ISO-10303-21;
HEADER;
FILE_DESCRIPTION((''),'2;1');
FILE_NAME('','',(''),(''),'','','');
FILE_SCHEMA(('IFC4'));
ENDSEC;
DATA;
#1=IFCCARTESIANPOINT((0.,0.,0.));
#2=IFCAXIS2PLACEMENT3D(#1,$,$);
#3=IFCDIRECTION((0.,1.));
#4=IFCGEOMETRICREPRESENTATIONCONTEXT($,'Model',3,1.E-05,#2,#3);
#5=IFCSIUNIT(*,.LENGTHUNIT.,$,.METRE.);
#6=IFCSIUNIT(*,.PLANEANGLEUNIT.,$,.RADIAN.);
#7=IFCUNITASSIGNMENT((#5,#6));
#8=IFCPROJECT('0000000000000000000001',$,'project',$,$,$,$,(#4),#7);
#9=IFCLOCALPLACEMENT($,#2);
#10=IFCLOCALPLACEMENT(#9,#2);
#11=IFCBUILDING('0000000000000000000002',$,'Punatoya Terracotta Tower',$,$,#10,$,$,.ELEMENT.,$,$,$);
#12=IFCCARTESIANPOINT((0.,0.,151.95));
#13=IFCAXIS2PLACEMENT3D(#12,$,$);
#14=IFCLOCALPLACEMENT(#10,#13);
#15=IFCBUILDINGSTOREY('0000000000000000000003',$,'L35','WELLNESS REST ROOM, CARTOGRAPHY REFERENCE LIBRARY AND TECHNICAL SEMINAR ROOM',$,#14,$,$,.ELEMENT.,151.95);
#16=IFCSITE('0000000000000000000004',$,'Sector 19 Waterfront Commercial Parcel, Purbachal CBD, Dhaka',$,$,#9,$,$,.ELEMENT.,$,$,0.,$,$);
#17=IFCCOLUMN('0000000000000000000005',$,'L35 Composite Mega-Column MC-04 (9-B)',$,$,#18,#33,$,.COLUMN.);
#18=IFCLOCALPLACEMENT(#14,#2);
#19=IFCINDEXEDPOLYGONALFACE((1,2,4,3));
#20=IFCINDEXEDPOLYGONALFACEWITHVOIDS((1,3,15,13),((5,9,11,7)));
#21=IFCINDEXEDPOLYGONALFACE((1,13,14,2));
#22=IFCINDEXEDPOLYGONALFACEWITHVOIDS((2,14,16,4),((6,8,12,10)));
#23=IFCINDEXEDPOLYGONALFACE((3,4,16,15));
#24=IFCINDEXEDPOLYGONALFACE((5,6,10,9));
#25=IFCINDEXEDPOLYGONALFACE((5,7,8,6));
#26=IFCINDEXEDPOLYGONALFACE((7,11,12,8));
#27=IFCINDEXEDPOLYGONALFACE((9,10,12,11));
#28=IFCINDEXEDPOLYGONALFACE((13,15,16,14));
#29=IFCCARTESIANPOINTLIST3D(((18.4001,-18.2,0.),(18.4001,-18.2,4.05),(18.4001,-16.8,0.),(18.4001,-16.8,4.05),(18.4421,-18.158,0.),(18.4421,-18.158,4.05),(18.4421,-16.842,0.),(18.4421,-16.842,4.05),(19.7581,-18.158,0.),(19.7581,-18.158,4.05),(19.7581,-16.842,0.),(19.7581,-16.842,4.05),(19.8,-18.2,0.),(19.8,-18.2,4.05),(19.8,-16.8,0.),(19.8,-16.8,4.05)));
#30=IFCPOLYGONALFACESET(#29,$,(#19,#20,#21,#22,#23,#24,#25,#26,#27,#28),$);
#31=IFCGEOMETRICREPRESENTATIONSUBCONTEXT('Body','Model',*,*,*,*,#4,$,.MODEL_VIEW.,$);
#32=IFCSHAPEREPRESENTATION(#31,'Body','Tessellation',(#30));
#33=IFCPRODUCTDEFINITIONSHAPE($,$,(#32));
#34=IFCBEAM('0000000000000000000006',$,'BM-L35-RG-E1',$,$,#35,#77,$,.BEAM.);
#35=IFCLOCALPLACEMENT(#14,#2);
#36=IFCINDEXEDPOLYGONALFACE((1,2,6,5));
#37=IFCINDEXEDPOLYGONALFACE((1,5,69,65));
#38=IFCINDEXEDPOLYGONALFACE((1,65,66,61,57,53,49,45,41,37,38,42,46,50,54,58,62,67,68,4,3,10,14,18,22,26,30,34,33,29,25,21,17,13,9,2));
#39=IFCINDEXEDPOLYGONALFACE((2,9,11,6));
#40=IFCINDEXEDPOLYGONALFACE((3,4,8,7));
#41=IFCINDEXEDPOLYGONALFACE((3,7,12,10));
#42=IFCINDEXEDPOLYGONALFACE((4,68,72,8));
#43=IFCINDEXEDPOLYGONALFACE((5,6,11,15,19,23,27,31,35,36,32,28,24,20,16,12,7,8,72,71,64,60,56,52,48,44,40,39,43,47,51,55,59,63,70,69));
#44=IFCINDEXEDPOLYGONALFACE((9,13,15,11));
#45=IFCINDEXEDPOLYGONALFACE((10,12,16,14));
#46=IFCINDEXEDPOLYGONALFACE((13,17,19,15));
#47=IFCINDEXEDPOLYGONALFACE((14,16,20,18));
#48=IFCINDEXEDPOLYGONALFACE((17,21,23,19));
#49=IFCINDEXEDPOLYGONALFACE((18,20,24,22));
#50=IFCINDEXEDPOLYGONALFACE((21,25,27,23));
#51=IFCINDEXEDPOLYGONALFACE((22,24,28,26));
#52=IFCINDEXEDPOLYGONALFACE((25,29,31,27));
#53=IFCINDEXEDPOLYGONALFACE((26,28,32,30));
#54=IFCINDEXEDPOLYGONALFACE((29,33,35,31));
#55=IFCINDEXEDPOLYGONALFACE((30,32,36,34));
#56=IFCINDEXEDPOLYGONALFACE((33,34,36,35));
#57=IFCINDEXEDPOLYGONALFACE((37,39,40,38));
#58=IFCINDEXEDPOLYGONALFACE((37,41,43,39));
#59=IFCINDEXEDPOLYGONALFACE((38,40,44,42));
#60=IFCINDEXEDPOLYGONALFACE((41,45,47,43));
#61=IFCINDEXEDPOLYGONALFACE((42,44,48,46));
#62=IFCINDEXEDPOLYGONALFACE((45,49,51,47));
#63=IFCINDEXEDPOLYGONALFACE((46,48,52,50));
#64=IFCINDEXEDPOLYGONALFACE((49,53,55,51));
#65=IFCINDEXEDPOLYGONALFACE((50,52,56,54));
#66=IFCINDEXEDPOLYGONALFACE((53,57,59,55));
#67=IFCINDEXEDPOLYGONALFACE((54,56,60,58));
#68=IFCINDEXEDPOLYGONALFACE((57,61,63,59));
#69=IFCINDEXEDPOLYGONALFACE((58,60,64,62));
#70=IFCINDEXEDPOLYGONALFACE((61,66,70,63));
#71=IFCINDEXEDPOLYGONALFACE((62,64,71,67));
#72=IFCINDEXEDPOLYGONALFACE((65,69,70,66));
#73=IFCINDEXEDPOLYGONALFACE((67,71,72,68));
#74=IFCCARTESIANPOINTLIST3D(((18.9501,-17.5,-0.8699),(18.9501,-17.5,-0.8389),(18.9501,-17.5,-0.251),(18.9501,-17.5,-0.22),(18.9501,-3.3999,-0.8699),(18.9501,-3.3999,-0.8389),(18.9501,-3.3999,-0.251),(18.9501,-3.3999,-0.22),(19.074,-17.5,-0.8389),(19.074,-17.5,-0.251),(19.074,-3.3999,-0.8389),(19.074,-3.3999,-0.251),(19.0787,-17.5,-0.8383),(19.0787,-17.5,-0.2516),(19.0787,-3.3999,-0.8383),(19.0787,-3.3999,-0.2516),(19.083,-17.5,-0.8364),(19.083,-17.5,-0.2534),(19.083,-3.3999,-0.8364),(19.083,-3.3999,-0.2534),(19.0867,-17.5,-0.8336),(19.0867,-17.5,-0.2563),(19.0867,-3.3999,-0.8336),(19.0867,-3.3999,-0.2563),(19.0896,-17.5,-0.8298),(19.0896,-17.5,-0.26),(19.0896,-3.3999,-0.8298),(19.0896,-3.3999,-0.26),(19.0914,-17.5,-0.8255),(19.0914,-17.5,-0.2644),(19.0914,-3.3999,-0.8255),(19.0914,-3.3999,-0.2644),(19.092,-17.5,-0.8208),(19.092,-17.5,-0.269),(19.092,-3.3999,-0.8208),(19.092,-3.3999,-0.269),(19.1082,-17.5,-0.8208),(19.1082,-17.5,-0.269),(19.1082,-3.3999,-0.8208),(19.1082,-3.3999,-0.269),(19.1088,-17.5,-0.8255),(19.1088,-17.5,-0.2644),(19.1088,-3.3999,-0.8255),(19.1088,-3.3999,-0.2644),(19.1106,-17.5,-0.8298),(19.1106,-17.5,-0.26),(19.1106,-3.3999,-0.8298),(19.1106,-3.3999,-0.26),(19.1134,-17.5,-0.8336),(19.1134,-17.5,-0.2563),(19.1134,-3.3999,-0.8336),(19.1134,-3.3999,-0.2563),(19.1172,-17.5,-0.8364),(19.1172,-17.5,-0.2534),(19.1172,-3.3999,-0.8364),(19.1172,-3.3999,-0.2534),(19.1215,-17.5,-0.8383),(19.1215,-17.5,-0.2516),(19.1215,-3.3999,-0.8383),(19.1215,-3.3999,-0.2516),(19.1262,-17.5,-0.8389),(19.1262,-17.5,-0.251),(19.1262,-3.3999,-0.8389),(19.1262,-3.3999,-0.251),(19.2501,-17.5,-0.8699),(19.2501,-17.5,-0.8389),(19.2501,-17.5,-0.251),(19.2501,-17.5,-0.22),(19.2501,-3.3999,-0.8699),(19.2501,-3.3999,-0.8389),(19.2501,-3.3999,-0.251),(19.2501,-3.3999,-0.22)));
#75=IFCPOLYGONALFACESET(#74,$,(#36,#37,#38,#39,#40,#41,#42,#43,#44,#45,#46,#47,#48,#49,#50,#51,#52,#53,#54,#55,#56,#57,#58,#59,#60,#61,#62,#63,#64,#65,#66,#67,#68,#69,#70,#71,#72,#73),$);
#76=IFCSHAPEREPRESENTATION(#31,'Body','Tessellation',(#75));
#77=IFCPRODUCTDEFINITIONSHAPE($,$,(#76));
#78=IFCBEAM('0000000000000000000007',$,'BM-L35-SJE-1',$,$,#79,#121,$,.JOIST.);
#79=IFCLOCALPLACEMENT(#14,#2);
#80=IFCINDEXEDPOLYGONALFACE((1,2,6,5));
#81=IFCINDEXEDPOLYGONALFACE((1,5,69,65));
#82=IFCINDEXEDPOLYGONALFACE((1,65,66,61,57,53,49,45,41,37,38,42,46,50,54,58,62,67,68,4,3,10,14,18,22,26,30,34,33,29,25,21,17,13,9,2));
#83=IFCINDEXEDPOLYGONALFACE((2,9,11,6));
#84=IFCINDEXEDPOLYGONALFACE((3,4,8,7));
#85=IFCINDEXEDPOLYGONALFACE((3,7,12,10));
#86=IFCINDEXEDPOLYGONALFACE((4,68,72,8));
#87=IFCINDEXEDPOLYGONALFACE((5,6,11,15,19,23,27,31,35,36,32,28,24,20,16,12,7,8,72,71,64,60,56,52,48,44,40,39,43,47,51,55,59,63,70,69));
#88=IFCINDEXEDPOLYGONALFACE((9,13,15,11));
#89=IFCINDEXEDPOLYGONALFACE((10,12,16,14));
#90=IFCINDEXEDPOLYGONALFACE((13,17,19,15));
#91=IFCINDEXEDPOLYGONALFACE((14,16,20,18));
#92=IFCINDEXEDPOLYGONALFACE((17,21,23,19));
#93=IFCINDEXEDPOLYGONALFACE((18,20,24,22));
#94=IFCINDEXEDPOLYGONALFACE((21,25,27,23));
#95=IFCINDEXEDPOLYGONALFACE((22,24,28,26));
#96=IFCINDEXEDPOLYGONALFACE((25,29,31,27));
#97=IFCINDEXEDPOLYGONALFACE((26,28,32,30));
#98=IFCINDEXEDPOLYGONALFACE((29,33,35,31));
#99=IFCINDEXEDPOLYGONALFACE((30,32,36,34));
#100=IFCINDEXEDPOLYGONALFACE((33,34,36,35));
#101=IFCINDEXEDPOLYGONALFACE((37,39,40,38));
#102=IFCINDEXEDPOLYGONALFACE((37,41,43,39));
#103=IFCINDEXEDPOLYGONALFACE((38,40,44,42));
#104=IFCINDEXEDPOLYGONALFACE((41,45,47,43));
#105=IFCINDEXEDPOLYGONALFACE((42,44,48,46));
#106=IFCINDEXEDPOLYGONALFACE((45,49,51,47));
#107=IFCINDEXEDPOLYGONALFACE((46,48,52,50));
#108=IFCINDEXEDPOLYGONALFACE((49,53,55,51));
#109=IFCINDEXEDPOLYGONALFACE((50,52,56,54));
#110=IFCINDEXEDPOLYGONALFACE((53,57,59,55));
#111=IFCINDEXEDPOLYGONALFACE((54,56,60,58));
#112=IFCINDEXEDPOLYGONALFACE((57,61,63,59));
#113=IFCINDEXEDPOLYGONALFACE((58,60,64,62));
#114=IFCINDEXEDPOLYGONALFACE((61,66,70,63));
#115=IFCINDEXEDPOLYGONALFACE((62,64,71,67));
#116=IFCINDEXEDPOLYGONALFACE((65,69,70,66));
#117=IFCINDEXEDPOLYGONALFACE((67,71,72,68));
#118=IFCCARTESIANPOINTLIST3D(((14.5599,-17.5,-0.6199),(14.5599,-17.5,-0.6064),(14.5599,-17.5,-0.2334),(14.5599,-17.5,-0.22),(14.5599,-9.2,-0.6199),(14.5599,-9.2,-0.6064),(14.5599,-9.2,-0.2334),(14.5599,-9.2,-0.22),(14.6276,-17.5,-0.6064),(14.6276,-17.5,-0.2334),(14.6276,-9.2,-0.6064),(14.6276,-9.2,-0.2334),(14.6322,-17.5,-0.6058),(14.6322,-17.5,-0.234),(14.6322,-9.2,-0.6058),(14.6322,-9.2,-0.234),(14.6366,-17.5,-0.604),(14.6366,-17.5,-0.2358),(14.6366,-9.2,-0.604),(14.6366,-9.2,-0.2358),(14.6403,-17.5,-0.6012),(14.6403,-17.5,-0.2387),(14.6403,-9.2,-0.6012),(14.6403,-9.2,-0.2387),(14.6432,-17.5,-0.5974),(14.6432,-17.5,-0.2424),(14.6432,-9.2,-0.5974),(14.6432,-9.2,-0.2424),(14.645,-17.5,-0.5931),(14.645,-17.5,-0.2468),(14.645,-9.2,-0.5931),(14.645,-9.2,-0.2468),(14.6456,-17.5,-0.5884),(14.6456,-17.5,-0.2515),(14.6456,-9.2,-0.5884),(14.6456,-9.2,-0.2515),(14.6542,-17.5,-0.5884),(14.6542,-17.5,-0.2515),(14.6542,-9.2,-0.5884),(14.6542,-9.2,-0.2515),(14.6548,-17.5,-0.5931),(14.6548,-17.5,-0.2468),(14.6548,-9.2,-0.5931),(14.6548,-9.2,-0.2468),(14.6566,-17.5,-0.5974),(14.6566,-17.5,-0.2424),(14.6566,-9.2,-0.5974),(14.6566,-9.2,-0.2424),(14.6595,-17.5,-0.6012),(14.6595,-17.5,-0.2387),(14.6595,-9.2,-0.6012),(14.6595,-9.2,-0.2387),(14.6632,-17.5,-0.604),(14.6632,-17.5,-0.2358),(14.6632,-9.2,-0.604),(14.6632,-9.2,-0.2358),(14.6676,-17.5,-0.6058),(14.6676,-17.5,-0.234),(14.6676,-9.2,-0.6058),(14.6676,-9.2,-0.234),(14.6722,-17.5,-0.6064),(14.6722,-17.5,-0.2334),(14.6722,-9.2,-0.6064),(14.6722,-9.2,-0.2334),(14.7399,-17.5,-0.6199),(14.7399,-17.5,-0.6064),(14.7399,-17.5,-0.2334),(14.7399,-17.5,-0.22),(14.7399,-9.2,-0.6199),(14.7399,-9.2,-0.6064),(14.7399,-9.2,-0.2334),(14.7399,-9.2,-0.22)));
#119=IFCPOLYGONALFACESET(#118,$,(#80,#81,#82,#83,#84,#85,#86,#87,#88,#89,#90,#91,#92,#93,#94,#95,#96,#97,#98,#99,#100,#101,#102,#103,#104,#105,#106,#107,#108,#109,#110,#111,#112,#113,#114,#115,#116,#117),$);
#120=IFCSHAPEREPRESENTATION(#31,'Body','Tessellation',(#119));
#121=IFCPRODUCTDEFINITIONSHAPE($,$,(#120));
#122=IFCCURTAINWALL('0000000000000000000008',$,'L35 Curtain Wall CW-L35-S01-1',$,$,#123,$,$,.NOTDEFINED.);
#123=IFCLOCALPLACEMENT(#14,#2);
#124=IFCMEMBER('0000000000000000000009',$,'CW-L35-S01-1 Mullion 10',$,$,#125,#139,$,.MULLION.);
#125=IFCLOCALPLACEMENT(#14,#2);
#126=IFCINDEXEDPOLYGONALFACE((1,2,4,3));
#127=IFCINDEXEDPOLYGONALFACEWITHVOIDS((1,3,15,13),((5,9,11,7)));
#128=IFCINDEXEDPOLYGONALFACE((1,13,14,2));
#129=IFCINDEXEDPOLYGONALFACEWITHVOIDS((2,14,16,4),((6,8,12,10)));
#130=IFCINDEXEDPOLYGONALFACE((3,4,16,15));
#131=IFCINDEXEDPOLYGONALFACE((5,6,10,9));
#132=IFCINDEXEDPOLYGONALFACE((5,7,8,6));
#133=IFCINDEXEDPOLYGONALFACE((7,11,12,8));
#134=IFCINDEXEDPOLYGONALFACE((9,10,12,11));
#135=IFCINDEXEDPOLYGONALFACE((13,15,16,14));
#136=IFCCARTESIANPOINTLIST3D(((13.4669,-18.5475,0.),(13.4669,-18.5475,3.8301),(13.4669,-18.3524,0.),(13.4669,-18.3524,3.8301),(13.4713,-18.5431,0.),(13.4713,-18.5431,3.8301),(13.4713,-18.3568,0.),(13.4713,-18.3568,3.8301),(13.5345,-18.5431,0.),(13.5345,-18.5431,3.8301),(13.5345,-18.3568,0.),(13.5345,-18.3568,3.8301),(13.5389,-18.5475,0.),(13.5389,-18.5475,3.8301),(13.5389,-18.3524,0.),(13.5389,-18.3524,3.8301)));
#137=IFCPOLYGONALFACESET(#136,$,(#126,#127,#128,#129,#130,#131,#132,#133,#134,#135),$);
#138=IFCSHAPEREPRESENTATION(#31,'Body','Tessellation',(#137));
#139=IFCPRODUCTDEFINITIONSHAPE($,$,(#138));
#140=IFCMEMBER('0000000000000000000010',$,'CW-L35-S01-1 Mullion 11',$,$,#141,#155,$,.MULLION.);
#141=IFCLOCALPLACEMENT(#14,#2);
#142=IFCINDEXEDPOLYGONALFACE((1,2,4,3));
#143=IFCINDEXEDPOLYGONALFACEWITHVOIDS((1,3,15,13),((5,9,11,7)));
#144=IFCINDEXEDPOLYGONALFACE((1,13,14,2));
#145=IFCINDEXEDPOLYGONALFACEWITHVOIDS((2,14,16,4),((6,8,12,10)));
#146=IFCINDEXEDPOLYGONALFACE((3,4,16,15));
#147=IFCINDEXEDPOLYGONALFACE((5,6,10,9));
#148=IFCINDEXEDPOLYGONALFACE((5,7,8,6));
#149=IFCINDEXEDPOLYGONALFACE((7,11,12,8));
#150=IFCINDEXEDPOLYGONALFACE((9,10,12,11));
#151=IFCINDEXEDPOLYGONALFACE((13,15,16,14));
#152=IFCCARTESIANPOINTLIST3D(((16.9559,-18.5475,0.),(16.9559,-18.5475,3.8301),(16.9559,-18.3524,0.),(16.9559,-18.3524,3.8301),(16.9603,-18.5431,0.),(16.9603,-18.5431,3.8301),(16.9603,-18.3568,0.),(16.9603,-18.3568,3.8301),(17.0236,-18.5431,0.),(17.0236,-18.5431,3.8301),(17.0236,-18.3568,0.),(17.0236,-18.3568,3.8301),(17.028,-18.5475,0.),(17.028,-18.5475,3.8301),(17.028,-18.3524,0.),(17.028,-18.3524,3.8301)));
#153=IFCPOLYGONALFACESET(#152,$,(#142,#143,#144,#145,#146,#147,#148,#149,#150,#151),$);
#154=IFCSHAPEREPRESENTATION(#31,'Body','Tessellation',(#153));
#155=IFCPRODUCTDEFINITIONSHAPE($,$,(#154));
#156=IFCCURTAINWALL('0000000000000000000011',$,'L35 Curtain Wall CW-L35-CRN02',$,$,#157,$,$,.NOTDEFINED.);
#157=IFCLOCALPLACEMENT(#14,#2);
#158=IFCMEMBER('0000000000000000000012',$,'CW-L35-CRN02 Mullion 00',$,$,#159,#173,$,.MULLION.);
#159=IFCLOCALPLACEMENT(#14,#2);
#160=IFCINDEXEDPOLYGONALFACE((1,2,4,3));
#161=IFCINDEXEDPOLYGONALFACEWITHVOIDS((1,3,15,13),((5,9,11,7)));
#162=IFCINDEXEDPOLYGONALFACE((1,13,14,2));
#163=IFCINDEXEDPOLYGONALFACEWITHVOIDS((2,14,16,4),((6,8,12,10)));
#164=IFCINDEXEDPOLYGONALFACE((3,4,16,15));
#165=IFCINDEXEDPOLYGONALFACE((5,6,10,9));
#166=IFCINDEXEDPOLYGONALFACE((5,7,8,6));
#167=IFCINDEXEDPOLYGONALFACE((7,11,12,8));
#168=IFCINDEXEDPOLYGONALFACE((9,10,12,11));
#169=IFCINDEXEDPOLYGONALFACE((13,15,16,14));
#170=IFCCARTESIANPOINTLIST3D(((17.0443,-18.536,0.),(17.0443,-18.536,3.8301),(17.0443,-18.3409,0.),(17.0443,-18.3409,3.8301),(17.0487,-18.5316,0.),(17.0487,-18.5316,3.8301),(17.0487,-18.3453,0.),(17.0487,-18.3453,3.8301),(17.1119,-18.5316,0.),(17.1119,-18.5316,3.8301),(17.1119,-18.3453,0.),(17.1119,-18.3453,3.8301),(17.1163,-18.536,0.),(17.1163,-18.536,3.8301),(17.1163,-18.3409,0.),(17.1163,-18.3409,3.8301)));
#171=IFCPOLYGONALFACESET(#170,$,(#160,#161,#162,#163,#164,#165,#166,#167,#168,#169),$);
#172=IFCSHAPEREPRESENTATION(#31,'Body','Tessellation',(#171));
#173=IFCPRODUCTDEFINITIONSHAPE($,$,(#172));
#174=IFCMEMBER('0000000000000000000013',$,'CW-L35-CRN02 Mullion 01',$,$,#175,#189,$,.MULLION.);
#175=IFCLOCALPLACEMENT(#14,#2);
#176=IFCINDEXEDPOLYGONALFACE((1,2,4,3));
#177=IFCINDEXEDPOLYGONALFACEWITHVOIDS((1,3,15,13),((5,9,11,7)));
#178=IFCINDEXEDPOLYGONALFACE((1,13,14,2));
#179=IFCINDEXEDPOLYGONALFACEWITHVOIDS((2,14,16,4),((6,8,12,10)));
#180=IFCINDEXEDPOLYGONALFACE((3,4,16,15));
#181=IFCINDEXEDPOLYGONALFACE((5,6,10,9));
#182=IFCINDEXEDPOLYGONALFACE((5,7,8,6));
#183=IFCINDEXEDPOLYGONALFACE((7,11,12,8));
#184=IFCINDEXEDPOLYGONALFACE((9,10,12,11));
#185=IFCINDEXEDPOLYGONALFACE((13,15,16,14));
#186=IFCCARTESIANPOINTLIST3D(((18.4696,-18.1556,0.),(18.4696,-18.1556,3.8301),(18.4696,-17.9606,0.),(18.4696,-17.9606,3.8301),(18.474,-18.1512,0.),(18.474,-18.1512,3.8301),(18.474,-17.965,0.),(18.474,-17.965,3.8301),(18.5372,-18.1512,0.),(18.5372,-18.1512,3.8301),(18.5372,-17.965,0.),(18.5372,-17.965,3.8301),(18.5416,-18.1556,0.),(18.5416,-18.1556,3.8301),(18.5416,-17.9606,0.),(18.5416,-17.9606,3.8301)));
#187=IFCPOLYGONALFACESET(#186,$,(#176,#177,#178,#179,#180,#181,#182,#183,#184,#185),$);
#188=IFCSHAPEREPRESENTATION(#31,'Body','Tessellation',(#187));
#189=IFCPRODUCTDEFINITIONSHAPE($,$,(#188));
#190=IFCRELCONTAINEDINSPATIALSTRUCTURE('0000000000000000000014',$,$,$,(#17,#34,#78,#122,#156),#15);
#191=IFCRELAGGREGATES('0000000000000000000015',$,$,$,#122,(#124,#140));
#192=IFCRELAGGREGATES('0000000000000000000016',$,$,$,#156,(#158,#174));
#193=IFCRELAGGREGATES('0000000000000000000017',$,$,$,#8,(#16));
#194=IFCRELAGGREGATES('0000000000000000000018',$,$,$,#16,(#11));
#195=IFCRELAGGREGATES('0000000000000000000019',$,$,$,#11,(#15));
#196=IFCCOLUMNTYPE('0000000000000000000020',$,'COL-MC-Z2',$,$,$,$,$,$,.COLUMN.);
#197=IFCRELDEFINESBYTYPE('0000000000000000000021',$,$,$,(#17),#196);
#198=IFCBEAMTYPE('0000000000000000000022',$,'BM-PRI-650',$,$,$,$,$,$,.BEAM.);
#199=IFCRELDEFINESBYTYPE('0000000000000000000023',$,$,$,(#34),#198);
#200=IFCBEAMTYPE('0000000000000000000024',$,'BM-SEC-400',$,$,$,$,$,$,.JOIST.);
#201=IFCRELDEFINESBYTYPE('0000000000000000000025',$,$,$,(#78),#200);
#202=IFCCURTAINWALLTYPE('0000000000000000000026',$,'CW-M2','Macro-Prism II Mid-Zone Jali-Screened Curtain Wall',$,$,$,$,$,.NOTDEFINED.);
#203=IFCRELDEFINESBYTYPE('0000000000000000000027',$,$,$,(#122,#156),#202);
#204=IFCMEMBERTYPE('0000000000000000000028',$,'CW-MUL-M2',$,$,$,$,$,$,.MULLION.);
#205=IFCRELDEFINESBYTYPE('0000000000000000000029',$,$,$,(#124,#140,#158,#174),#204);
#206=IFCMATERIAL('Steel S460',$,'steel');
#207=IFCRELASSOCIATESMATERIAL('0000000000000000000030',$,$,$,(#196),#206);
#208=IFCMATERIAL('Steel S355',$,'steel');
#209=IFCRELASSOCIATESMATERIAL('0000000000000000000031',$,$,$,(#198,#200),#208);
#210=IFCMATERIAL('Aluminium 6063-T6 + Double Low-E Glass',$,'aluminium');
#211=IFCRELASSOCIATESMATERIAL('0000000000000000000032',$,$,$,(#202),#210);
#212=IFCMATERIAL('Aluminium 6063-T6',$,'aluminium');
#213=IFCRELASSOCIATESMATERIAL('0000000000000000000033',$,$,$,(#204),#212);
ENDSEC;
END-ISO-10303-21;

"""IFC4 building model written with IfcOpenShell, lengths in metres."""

from ifc_helpers import new_model, si_unit, direction, frame, origin, origin_2d, place, context, subcontext, project, spatial, hollow_rectangle, i_section, extrude, material, material_profile, profile_set, type_object, element, aggregate, save


model = new_model("IFC4")

# Units and contexts
model_context = context("Model", 3, precision=1e-05, world=origin(), true_north=direction((0.0, 1.0)))
body_context = subcontext(model_context, "Body", "Model", "MODEL_VIEW")
ifc_project = project(units=[si_unit("LENGTHUNIT", "METRE"), si_unit("PLANEANGLEUNIT", "RADIAN")], contexts=[model_context])

# Site, building, storey
site_placement = place(None, origin())
site = spatial("IfcSite", under=ifc_project, at=site_placement, Name="Sector 19 Waterfront Commercial Parcel, Purbachal CBD, Dhaka", CompositionType="ELEMENT", RefElevation=0.0)
building_placement = place(site_placement, origin())
building = spatial("IfcBuilding", under=site, at=building_placement, Name="Punatoya Terracotta Tower", CompositionType="ELEMENT")
storey_placement = place(building_placement, frame((0.0, 0.0, 151.95)))
storey = spatial("IfcBuildingStorey", under=building, at=storey_placement, Name="L35", Description="WELLNESS REST ROOM, CARTOGRAPHY REFERENCE LIBRARY AND TECHNICAL SEMINAR ROOM", CompositionType="ELEMENT", Elevation=151.95)

# Column
ifc_material_1 = material(Name="Steel S460", Category="steel")
ifc_material_profile_1 = material_profile(ifc_material_1, hollow_rectangle(XDim=1.3999, YDim=1.3999, WallThickness=0.042, at=origin_2d()))
ifc_profile_set_1 = profile_set([ifc_material_profile_1], Name="Steel S460")
column_type = type_object("IfcColumnType", Name="COL-MC-Z2", PredefinedType="COLUMN", material=ifc_profile_set_1)
column_placement = place(storey_placement, frame((19.1001, -17.5, 0.0), z_axis=(0.0, 0.0, 1.0), x_axis=(1.0, 0.0, 0.0)))
element("IfcColumn", 1, at=column_placement, inside=storey, type_object=column_type, Name="L35 Composite Mega-Column MC-04 (9-B)", PredefinedType="COLUMN", context=body_context, shape_type="SweptSolid", body=[
    extrude(hollow_rectangle(XDim=1.3999, YDim=1.3999, WallThickness=0.042, at=origin_2d()), origin(), (0.0, 0.0, 1.0), 4.05),
])

# Beams
ifc_material_2 = material(Name="Steel S355", Category="steel")
ifc_material_profile_2 = material_profile(ifc_material_2, i_section(OverallWidth=0.3, OverallDepth=0.6499, WebThickness=0.0161, FlangeThickness=0.031, FilletRadius=0.0181, at=origin_2d()))
ifc_profile_set_2 = profile_set([ifc_material_profile_2], Name="Steel S355")
beam_type_1 = type_object("IfcBeamType", Name="BM-PRI-650", PredefinedType="BEAM", material=ifc_profile_set_2)
beam_1_placement = place(storey_placement, frame((19.1001, -17.5, -0.5449), z_axis=(0.0, 1.0, 0.0), x_axis=(-1.0, 0.0, 0.0)))
element("IfcBeam", 2, at=beam_1_placement, inside=storey, type_object=beam_type_1, Name="BM-L35-RG-E1", PredefinedType="BEAM", context=body_context, shape_type="SweptSolid", body=[
    extrude(i_section(OverallWidth=0.3, OverallDepth=0.6499, WebThickness=0.0161, FlangeThickness=0.031, FilletRadius=0.0181, at=origin_2d()), origin(), (0.0, 0.0, 1.0), 14.1001),
])
ifc_material_profile_3 = material_profile(ifc_material_2, i_section(OverallWidth=0.1799, OverallDepth=0.3999, WebThickness=0.0085, FlangeThickness=0.0134, FilletRadius=0.0181, at=origin_2d()))
ifc_profile_set_3 = profile_set([ifc_material_profile_3], Name="Steel S355")
beam_type_2 = type_object("IfcBeamType", Name="BM-SEC-400", PredefinedType="JOIST", material=ifc_profile_set_3)
beam_2_placement = place(storey_placement, frame((14.6499, -17.5, -0.4199), z_axis=(0.0, 1.0, 0.0), x_axis=(-1.0, 0.0, 0.0)))
element("IfcBeam", 3, at=beam_2_placement, inside=storey, type_object=beam_type_2, Name="BM-L35-SJE-1", PredefinedType="JOIST", context=body_context, shape_type="SweptSolid", body=[
    extrude(i_section(OverallWidth=0.1799, OverallDepth=0.3999, WebThickness=0.0085, FlangeThickness=0.0134, FilletRadius=0.0181, at=origin_2d()), origin(), (0.0, 0.0, 1.0), 8.3),
])

# Curtain walls, members
ifc_material_3 = material(Name="Aluminium 6063-T6 + Double Low-E Glass", Category="aluminium")
curtain_wall_type = type_object("IfcCurtainWallType", Name="CW-M2", Description="Macro-Prism II Mid-Zone Jali-Screened Curtain Wall", PredefinedType="NOTDEFINED", material=ifc_material_3)
curtain_wall_1_placement = place(storey_placement, origin())
curtain_wall_1 = element("IfcCurtainWall", 4, at=curtain_wall_1_placement, inside=storey, type_object=curtain_wall_type, Name="L35 Curtain Wall CW-L35-S01-1", PredefinedType="NOTDEFINED")
ifc_material_4 = material(Name="Aluminium 6063-T6", Category="aluminium")
ifc_material_profile_4 = material_profile(ifc_material_4, hollow_rectangle(XDim=0.072, YDim=0.1951, WallThickness=0.0044, at=origin_2d()))
ifc_profile_set_4 = profile_set([ifc_material_profile_4], Name="Aluminium 6063-T6")
member_type_1 = type_object("IfcMemberType", Name="CW-MUL-M2", PredefinedType="MULLION", material=ifc_profile_set_4)
member_1_placement = place(storey_placement, frame((13.5029, -18.45, 0.0), z_axis=(0.0, 0.0, 1.0), x_axis=(1.0, 0.0, 0.0)))
member_1 = element("IfcMember", 5, at=member_1_placement, type_object=member_type_1, Name="CW-L35-S01-1 Mullion 10", PredefinedType="MULLION", context=body_context, shape_type="SweptSolid", body=[
    extrude(hollow_rectangle(XDim=0.072, YDim=0.1951, WallThickness=0.0044, at=origin_2d()), origin(), (0.0, 0.0, 1.0), 3.8301),
])
member_2_placement = place(storey_placement, frame((16.9919, -18.45, 0.0), z_axis=(0.0, 0.0, 1.0), x_axis=(1.0, 0.0, 0.0)))
member_2 = element("IfcMember", 6, at=member_2_placement, type_object=member_type_1, Name="CW-L35-S01-1 Mullion 11", PredefinedType="MULLION", context=body_context, shape_type="SweptSolid", body=[
    extrude(hollow_rectangle(XDim=0.072, YDim=0.1951, WallThickness=0.0044, at=origin_2d()), origin(), (0.0, 0.0, 1.0), 3.8301),
])
curtain_wall_2_placement = place(storey_placement, origin())
curtain_wall_2 = element("IfcCurtainWall", 7, at=curtain_wall_2_placement, inside=storey, type_object=curtain_wall_type, Name="L35 Curtain Wall CW-L35-CRN02", PredefinedType="NOTDEFINED")
member_3_placement = place(storey_placement, frame((17.0803, -18.4385, 0.0), z_axis=(0.0, 0.0, 1.0), x_axis=(1.0, 0.0, 0.0)))
member_3 = element("IfcMember", 8, at=member_3_placement, type_object=member_type_1, Name="CW-L35-CRN02 Mullion 00", PredefinedType="MULLION", context=body_context, shape_type="SweptSolid", body=[
    extrude(hollow_rectangle(XDim=0.072, YDim=0.1951, WallThickness=0.0044, at=origin_2d()), origin(), (0.0, 0.0, 1.0), 3.8301),
])
member_4_placement = place(storey_placement, frame((18.5056, -18.0581, 0.0), z_axis=(0.0, 0.0, 1.0), x_axis=(1.0, 0.0, 0.0)))
member_4 = element("IfcMember", 9, at=member_4_placement, type_object=member_type_1, Name="CW-L35-CRN02 Mullion 01", PredefinedType="MULLION", context=body_context, shape_type="SweptSolid", body=[
    extrude(hollow_rectangle(XDim=0.072, YDim=0.1951, WallThickness=0.0044, at=origin_2d()), origin(), (0.0, 0.0, 1.0), 3.8301),
])

aggregate(curtain_wall_1, [member_1, member_2])
aggregate(curtain_wall_2, [member_3, member_4])

save(model, "model.ifc")
